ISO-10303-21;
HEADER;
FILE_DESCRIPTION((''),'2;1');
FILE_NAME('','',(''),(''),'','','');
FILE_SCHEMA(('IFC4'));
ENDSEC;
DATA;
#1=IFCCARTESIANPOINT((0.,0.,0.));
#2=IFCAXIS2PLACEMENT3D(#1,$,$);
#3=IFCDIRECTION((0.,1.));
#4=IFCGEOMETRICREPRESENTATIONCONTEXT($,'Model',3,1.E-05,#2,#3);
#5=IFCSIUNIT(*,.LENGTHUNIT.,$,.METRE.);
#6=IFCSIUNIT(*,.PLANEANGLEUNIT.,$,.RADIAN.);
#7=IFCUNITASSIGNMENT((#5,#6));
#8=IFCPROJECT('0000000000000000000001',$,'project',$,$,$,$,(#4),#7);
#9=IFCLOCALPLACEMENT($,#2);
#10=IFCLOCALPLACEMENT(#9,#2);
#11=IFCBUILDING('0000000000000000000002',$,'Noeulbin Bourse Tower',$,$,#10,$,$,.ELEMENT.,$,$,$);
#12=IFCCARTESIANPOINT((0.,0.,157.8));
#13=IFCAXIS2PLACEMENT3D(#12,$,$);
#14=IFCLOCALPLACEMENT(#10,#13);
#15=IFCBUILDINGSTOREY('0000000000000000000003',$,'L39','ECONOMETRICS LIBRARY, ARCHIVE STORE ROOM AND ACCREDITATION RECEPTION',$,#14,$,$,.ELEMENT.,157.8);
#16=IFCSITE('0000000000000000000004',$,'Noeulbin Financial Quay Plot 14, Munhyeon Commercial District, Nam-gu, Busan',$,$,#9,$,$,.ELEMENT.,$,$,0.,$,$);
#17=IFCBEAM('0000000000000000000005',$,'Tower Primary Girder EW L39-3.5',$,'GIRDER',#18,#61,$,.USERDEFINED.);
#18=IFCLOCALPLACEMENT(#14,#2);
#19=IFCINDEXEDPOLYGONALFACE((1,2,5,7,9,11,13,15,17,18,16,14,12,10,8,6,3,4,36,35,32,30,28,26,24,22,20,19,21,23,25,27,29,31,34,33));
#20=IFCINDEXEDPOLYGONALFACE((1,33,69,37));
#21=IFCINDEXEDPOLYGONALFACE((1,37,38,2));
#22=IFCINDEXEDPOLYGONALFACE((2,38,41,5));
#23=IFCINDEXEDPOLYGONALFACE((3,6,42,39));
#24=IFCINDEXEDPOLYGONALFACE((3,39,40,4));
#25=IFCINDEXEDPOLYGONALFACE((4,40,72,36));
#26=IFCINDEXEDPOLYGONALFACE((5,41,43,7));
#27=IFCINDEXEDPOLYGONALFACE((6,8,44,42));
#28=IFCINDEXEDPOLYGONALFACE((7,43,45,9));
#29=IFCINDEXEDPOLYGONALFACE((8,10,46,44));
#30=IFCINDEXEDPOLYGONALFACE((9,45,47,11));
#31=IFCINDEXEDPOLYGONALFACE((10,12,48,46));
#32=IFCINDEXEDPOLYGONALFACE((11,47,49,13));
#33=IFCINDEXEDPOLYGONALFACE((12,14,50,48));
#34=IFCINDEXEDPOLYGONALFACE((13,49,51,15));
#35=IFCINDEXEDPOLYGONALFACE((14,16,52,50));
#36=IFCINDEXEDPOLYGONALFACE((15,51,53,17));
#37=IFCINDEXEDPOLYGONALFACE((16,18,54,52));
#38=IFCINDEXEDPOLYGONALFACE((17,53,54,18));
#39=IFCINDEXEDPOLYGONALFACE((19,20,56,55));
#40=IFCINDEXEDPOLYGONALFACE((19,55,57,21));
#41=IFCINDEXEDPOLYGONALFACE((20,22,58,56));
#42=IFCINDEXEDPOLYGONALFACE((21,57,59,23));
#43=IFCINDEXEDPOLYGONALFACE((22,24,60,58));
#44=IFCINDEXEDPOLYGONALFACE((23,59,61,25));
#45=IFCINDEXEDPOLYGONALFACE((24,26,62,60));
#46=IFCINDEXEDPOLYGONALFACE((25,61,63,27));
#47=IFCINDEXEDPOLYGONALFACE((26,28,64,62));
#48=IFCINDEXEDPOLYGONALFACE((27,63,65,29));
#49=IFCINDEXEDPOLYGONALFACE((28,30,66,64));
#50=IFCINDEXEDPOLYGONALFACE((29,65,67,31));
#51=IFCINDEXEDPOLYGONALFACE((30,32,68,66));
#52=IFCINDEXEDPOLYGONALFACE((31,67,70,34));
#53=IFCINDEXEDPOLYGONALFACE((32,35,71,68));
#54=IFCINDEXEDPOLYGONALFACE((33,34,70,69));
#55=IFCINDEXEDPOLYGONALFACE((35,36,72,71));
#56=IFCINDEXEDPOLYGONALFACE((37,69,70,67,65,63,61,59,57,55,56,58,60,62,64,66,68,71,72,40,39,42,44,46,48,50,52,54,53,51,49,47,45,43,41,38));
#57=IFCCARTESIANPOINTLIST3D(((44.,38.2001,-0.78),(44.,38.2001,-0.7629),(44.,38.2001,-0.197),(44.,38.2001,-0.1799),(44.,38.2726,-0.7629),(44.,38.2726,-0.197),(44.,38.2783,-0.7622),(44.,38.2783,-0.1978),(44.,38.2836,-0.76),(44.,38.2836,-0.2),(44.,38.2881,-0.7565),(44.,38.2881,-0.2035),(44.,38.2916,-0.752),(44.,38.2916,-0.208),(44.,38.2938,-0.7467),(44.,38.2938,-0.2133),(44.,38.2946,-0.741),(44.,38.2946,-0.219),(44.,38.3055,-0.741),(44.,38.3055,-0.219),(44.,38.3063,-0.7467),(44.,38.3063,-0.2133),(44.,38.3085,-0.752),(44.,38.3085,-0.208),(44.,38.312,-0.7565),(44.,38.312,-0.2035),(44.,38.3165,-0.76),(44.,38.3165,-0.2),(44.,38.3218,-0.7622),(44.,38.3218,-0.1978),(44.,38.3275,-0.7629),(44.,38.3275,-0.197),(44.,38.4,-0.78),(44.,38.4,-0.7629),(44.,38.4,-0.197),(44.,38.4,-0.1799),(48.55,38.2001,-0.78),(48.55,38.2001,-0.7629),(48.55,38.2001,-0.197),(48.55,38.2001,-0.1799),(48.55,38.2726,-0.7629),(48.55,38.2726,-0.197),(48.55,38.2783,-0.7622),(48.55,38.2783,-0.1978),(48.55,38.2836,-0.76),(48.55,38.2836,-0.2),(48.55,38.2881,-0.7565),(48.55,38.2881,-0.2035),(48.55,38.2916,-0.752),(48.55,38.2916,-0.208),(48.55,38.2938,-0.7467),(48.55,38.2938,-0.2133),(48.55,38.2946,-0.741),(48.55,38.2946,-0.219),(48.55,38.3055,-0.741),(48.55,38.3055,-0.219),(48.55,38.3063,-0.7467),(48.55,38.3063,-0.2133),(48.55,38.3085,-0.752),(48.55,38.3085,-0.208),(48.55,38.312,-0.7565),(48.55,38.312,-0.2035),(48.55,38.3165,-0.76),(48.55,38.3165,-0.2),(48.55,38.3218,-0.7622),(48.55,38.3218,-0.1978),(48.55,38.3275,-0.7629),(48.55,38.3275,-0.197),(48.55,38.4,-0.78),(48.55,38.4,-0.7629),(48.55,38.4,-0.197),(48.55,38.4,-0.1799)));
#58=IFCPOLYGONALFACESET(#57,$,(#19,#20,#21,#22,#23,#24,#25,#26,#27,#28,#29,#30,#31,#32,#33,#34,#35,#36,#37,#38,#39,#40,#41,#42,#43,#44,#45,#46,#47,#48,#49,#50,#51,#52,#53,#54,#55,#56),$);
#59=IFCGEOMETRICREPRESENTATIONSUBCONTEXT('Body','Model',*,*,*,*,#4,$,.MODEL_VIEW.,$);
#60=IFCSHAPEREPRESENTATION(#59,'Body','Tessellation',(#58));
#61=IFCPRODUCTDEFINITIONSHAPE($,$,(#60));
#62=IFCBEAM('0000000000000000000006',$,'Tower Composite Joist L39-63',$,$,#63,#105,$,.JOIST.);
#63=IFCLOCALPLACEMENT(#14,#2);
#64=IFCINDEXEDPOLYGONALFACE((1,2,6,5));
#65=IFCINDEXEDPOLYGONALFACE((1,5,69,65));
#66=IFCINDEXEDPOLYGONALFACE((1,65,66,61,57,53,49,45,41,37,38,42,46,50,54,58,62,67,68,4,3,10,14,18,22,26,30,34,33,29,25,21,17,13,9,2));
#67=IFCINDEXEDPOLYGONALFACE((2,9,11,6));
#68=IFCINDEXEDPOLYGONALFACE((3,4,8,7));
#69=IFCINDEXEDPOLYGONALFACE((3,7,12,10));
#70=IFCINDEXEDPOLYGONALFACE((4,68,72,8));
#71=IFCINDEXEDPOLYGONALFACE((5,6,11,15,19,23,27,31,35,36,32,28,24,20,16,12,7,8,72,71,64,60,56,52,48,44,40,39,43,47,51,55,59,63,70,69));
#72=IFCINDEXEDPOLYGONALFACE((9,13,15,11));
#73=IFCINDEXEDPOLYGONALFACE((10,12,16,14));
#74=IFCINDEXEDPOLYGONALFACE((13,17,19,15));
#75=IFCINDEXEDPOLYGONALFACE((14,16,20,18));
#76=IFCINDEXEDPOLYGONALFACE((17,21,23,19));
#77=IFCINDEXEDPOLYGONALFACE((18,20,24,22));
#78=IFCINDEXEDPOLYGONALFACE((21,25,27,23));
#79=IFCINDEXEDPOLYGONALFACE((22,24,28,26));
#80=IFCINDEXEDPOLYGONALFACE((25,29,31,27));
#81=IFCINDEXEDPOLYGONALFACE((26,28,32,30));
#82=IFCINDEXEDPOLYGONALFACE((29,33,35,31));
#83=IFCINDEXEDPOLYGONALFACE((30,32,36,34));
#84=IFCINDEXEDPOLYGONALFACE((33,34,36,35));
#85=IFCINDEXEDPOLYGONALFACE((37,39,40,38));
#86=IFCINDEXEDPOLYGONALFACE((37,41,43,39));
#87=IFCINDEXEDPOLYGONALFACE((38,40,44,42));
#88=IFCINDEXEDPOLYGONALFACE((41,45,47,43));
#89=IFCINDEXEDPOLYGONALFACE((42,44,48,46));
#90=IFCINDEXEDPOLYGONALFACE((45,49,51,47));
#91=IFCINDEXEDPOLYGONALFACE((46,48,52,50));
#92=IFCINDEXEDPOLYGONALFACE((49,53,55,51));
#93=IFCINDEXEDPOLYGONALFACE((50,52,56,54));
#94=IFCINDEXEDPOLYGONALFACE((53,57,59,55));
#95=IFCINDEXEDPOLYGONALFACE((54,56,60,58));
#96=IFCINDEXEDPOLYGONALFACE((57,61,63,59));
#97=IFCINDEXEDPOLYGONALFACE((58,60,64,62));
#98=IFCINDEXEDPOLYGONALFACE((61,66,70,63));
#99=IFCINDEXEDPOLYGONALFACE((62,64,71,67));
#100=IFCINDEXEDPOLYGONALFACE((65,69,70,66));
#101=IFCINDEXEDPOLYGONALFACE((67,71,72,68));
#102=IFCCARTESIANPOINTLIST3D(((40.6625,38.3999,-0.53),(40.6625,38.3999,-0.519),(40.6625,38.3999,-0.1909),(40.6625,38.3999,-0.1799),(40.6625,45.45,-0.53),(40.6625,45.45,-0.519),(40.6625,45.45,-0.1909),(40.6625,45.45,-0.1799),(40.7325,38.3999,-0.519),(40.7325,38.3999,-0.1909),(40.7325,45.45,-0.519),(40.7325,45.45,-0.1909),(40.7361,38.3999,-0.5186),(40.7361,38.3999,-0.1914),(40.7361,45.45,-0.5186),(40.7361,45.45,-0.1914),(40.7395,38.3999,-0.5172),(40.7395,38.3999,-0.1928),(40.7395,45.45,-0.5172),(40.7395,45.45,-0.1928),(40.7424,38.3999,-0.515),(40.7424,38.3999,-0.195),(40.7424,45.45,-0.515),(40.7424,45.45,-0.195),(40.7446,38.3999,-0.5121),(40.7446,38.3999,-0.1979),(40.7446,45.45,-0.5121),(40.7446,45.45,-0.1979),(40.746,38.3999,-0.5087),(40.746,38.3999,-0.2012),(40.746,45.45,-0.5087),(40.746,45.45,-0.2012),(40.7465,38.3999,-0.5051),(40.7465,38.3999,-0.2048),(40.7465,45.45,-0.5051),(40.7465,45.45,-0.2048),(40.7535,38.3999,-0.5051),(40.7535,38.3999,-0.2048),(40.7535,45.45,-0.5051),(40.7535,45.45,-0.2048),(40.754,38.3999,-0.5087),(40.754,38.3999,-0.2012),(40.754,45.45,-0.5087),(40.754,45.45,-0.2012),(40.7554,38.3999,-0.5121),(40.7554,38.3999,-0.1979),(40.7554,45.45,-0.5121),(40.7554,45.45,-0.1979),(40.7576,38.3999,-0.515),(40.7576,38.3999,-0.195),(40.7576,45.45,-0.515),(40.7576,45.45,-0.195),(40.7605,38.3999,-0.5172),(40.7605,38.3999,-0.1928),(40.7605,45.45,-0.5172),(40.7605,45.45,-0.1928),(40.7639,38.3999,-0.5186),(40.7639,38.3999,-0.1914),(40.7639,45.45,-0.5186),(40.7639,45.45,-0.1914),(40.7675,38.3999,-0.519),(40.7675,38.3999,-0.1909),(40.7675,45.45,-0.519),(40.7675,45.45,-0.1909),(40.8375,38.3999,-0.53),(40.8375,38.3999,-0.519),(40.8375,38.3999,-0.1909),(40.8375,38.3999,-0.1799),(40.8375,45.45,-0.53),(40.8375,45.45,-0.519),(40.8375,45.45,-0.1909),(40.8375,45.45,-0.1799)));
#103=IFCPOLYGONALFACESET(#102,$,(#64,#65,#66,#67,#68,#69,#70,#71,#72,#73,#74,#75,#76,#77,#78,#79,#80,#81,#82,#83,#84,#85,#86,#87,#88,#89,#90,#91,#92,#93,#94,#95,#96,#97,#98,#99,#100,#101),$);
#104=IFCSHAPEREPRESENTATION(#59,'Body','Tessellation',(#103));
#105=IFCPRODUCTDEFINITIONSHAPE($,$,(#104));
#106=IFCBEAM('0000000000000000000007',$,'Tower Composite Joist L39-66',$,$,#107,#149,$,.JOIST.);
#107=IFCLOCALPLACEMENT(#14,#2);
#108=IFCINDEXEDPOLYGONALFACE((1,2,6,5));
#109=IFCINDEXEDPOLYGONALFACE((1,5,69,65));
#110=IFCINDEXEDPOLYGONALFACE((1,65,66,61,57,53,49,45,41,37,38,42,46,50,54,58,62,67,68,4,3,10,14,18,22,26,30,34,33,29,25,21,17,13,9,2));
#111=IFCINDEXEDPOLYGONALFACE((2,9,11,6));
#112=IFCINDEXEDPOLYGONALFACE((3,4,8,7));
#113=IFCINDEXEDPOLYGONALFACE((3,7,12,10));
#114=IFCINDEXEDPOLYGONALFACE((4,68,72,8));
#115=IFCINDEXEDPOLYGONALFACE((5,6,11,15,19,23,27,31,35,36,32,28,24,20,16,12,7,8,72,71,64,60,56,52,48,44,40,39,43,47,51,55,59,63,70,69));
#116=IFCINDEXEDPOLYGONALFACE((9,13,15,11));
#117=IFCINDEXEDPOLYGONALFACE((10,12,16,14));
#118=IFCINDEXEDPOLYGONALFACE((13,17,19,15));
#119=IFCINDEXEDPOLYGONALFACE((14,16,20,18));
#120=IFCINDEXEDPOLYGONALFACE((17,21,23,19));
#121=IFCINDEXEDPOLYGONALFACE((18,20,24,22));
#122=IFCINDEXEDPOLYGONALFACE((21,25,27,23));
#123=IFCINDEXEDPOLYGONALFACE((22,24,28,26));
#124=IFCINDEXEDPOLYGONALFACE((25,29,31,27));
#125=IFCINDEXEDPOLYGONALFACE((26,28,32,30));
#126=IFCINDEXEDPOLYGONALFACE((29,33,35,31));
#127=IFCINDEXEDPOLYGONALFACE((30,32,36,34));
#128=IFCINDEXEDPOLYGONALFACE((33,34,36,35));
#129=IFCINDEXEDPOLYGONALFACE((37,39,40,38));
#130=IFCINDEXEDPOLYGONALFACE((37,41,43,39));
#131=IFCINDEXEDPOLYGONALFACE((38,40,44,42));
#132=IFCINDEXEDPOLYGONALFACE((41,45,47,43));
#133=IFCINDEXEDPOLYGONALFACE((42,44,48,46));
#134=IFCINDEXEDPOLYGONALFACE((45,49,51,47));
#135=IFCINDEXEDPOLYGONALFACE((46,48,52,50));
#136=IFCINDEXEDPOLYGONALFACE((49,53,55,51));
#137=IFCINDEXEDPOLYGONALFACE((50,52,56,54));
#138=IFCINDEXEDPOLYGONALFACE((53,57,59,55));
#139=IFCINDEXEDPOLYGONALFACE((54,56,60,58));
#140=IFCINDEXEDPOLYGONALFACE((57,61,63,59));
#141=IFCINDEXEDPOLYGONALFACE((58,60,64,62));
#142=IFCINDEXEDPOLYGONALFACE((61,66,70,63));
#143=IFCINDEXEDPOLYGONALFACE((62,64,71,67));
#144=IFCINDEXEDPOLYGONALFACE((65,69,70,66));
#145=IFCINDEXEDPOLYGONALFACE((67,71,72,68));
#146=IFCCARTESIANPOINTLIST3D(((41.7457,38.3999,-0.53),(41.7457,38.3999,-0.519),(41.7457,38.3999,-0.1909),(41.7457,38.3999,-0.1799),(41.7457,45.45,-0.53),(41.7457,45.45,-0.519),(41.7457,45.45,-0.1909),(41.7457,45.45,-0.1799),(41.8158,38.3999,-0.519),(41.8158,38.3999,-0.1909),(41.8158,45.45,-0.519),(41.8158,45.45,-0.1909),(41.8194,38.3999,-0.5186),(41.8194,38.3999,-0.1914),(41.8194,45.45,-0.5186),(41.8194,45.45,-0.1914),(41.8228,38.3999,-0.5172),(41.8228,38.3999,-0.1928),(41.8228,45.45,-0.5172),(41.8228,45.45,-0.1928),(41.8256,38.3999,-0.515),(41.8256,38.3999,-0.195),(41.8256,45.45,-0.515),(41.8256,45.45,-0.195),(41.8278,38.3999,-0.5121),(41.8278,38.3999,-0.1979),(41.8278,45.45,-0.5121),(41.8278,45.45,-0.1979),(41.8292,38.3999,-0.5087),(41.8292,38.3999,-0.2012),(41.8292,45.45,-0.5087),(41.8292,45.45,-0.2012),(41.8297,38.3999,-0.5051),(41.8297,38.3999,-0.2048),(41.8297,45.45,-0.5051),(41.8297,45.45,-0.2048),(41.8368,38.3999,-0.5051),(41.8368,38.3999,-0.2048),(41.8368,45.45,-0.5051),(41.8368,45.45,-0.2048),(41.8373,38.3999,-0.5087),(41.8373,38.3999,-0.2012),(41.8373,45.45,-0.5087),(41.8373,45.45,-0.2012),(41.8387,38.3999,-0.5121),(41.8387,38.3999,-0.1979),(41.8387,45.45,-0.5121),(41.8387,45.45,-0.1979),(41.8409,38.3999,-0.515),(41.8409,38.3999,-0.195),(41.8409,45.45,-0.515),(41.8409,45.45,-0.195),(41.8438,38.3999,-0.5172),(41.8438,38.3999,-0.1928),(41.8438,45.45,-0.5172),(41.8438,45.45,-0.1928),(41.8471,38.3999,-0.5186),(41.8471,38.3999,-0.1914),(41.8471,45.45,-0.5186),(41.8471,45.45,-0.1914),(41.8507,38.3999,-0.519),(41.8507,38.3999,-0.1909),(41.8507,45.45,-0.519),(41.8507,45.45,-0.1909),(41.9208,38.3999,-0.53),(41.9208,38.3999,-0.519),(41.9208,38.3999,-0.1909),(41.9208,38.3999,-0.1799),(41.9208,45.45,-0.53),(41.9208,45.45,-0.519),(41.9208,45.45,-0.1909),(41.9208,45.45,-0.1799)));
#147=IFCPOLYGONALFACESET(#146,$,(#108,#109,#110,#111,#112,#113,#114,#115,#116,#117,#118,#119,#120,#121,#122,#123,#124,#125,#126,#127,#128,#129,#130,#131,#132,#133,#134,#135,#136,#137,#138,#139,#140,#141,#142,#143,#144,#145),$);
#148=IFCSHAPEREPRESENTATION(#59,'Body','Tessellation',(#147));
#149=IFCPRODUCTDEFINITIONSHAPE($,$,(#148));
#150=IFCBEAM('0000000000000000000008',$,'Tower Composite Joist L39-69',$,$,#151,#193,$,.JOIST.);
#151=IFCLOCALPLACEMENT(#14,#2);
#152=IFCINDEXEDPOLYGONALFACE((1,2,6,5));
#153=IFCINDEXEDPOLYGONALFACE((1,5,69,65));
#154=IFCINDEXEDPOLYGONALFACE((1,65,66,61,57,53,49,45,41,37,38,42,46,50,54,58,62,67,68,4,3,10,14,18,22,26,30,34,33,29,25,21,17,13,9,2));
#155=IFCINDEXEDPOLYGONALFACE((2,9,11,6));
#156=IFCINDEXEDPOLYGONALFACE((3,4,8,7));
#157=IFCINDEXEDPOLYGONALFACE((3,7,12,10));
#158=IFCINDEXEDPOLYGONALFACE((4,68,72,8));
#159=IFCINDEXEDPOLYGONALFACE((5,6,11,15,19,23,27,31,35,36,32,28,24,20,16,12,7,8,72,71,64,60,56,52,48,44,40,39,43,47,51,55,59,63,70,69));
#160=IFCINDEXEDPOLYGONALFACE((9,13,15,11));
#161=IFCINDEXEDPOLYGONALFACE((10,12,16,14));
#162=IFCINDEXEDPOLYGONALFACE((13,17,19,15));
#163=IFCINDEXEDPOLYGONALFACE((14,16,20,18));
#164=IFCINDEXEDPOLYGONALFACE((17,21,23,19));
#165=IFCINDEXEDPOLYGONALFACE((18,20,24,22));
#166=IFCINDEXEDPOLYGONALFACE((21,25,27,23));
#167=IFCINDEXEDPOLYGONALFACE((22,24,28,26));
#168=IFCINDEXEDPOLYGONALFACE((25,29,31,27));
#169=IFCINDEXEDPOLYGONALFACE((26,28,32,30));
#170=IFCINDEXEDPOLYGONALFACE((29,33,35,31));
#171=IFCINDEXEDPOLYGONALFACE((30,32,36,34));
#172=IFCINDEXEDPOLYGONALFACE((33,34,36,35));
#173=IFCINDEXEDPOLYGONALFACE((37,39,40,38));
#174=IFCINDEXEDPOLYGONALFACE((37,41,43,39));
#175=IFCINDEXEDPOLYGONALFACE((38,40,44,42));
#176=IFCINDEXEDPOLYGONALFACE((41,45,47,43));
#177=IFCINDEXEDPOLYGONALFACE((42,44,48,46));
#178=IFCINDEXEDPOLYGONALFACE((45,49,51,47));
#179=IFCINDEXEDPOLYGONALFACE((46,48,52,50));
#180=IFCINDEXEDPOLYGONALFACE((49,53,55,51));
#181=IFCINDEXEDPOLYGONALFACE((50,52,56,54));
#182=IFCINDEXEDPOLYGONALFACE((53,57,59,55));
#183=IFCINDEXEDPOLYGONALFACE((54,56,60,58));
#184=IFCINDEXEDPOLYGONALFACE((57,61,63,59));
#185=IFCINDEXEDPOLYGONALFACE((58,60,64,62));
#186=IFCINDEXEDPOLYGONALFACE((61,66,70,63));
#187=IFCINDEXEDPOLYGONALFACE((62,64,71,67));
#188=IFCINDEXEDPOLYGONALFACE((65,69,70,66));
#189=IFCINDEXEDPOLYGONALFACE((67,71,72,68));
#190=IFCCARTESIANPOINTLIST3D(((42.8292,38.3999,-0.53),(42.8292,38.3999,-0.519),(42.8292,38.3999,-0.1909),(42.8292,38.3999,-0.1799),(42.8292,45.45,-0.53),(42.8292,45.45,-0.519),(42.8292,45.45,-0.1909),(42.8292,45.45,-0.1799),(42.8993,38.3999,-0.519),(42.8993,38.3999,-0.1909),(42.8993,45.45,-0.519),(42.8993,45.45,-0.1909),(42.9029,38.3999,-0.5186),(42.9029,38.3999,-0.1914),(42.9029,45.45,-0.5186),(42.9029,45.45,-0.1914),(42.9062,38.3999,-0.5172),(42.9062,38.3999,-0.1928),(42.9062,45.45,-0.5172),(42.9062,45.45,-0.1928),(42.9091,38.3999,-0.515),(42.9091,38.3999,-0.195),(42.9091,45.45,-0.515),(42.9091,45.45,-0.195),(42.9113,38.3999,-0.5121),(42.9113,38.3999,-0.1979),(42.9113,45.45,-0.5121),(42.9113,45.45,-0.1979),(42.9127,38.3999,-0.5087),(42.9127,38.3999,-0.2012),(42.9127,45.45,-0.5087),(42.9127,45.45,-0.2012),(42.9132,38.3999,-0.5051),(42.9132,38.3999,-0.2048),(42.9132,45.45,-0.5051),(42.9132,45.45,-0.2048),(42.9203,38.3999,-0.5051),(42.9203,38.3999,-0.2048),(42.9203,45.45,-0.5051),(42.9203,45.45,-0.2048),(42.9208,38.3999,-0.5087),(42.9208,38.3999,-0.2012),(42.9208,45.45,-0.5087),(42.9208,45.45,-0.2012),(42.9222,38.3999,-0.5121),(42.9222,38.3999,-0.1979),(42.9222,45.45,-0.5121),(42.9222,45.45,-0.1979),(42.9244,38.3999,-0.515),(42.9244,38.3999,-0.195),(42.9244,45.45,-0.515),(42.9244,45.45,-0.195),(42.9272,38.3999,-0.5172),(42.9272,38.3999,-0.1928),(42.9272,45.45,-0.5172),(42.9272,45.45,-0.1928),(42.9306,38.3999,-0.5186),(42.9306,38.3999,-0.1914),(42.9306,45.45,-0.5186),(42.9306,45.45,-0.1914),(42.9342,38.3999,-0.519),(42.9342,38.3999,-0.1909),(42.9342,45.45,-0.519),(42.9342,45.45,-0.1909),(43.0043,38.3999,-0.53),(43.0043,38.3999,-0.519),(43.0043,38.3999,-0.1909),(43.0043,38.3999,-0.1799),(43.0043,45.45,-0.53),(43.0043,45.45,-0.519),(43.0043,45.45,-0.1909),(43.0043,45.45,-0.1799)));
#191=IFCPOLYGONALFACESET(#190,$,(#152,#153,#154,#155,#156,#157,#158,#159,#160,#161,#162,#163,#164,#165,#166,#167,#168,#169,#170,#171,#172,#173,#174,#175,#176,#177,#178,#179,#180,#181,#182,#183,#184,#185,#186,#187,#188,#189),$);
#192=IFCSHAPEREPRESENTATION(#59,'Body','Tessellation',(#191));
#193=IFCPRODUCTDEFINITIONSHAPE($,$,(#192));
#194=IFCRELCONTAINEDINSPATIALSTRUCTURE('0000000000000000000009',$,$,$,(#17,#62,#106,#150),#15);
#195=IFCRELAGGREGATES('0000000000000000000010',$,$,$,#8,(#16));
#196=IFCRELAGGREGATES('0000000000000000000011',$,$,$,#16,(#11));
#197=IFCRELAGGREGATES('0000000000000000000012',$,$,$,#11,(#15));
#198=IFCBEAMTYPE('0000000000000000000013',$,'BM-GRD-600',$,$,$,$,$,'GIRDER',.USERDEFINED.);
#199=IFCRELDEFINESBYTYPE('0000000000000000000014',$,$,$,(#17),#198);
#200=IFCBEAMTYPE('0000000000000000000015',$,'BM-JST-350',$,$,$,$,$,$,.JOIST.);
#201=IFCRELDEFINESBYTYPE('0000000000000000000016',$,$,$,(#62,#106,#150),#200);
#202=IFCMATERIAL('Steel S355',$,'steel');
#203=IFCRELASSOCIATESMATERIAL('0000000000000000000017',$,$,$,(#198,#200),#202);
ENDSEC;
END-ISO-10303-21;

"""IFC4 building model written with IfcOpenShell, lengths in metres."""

from ifc_helpers import new_model, si_unit, direction, frame, origin, origin_2d, place, context, subcontext, project, spatial, i_section, extrude, material, material_profile, profile_set, type_object, element, save


model = new_model("IFC4")

# Units and contexts
model_context = context("Model", 3, precision=1e-05, world=origin(), true_north=direction((0.0, 1.0)))
body_context = subcontext(model_context, "Body", "Model", "MODEL_VIEW")
ifc_project = project(units=[si_unit("LENGTHUNIT", "METRE"), si_unit("PLANEANGLEUNIT", "RADIAN")], contexts=[model_context])

# Site, building, storey
site_placement = place(None, origin())
site = spatial("IfcSite", under=ifc_project, at=site_placement, Name="Noeulbin Financial Quay Plot 14, Munhyeon Commercial District, Nam-gu, Busan", CompositionType="ELEMENT", RefElevation=0.0)
building_placement = place(site_placement, origin())
building = spatial("IfcBuilding", under=site, at=building_placement, Name="Noeulbin Bourse Tower", CompositionType="ELEMENT")
storey_placement = place(building_placement, frame((0.0, 0.0, 157.8)))
storey = spatial("IfcBuildingStorey", under=building, at=storey_placement, Name="L39", Description="ECONOMETRICS LIBRARY, ARCHIVE STORE ROOM AND ACCREDITATION RECEPTION", CompositionType="ELEMENT", Elevation=157.8)

# Shared definitions
ifc_material_1 = material(Name="Steel S355", Category="steel")

# Beams
ifc_material_profile_1 = material_profile(ifc_material_1, i_section(OverallWidth=0.2, OverallDepth=0.6001, WebThickness=0.011, FlangeThickness=0.0171, FilletRadius=0.022, at=origin_2d()), Name="H-600x200x11x17", Category="LoadBearing")
ifc_profile_set_1 = profile_set([ifc_material_profile_1], Name="Steel S355")
beam_type_1 = type_object("IfcBeamType", Name="BM-GRD-600", ElementType="GIRDER", PredefinedType="USERDEFINED", material=ifc_profile_set_1)
beam_1_placement = place(storey_placement, frame((44.0, 38.3, -0.48), z_axis=(1.0, 0.0, 0.0), x_axis=(0.0, 1.0, 0.0)))
element("IfcBeam", 1, at=beam_1_placement, inside=storey, type_object=beam_type_1, Name="Tower Primary Girder EW L39-3.5", ObjectType="GIRDER", PredefinedType="USERDEFINED", context=body_context, shape_type="SweptSolid", body=[
    extrude(i_section(OverallWidth=0.2, OverallDepth=0.6001, WebThickness=0.011, FlangeThickness=0.0171, FilletRadius=0.022, at=origin_2d()), origin(), (0.0, 0.0, 1.0), 4.55),
])
ifc_material_profile_2 = material_profile(ifc_material_1, i_section(OverallWidth=0.175, OverallDepth=0.3501, WebThickness=0.0071, FlangeThickness=0.011, FilletRadius=0.0139, at=origin_2d()), Name="H-350x175x7x11", Category="LoadBearing")
ifc_profile_set_2 = profile_set([ifc_material_profile_2], Name="Steel S355")
beam_type_2 = type_object("IfcBeamType", Name="BM-JST-350", PredefinedType="JOIST", material=ifc_profile_set_2)
for number, where, z_axis, x_axis, name in (
    (2, (40.75, 38.3999, -0.355), (0.0, 1.0, 0.0), (-1.0, 0.0, 0.0), "Tower Composite Joist L39-63"),
    (3, (41.8333, 38.3999, -0.355), (0.0, 1.0, 0.0), (-1.0, 0.0, 0.0), "Tower Composite Joist L39-66"),
    (4, (42.9167, 38.3999, -0.355), (0.0, 1.0, 0.0), (-1.0, 0.0, 0.0), "Tower Composite Joist L39-69"),
):
    element("IfcBeam", number, at=place(storey_placement, frame(where, z_axis=z_axis, x_axis=x_axis)), inside=storey, type_object=beam_type_2, Name=name, PredefinedType="JOIST", context=body_context, shape_type="SweptSolid", body=[
        extrude(i_section(OverallWidth=0.175, OverallDepth=0.3501, WebThickness=0.0071, FlangeThickness=0.011, FilletRadius=0.0139, at=origin_2d()), origin(), (0.0, 0.0, 1.0), 7.05),
    ])

save(model, "model.ifc")
